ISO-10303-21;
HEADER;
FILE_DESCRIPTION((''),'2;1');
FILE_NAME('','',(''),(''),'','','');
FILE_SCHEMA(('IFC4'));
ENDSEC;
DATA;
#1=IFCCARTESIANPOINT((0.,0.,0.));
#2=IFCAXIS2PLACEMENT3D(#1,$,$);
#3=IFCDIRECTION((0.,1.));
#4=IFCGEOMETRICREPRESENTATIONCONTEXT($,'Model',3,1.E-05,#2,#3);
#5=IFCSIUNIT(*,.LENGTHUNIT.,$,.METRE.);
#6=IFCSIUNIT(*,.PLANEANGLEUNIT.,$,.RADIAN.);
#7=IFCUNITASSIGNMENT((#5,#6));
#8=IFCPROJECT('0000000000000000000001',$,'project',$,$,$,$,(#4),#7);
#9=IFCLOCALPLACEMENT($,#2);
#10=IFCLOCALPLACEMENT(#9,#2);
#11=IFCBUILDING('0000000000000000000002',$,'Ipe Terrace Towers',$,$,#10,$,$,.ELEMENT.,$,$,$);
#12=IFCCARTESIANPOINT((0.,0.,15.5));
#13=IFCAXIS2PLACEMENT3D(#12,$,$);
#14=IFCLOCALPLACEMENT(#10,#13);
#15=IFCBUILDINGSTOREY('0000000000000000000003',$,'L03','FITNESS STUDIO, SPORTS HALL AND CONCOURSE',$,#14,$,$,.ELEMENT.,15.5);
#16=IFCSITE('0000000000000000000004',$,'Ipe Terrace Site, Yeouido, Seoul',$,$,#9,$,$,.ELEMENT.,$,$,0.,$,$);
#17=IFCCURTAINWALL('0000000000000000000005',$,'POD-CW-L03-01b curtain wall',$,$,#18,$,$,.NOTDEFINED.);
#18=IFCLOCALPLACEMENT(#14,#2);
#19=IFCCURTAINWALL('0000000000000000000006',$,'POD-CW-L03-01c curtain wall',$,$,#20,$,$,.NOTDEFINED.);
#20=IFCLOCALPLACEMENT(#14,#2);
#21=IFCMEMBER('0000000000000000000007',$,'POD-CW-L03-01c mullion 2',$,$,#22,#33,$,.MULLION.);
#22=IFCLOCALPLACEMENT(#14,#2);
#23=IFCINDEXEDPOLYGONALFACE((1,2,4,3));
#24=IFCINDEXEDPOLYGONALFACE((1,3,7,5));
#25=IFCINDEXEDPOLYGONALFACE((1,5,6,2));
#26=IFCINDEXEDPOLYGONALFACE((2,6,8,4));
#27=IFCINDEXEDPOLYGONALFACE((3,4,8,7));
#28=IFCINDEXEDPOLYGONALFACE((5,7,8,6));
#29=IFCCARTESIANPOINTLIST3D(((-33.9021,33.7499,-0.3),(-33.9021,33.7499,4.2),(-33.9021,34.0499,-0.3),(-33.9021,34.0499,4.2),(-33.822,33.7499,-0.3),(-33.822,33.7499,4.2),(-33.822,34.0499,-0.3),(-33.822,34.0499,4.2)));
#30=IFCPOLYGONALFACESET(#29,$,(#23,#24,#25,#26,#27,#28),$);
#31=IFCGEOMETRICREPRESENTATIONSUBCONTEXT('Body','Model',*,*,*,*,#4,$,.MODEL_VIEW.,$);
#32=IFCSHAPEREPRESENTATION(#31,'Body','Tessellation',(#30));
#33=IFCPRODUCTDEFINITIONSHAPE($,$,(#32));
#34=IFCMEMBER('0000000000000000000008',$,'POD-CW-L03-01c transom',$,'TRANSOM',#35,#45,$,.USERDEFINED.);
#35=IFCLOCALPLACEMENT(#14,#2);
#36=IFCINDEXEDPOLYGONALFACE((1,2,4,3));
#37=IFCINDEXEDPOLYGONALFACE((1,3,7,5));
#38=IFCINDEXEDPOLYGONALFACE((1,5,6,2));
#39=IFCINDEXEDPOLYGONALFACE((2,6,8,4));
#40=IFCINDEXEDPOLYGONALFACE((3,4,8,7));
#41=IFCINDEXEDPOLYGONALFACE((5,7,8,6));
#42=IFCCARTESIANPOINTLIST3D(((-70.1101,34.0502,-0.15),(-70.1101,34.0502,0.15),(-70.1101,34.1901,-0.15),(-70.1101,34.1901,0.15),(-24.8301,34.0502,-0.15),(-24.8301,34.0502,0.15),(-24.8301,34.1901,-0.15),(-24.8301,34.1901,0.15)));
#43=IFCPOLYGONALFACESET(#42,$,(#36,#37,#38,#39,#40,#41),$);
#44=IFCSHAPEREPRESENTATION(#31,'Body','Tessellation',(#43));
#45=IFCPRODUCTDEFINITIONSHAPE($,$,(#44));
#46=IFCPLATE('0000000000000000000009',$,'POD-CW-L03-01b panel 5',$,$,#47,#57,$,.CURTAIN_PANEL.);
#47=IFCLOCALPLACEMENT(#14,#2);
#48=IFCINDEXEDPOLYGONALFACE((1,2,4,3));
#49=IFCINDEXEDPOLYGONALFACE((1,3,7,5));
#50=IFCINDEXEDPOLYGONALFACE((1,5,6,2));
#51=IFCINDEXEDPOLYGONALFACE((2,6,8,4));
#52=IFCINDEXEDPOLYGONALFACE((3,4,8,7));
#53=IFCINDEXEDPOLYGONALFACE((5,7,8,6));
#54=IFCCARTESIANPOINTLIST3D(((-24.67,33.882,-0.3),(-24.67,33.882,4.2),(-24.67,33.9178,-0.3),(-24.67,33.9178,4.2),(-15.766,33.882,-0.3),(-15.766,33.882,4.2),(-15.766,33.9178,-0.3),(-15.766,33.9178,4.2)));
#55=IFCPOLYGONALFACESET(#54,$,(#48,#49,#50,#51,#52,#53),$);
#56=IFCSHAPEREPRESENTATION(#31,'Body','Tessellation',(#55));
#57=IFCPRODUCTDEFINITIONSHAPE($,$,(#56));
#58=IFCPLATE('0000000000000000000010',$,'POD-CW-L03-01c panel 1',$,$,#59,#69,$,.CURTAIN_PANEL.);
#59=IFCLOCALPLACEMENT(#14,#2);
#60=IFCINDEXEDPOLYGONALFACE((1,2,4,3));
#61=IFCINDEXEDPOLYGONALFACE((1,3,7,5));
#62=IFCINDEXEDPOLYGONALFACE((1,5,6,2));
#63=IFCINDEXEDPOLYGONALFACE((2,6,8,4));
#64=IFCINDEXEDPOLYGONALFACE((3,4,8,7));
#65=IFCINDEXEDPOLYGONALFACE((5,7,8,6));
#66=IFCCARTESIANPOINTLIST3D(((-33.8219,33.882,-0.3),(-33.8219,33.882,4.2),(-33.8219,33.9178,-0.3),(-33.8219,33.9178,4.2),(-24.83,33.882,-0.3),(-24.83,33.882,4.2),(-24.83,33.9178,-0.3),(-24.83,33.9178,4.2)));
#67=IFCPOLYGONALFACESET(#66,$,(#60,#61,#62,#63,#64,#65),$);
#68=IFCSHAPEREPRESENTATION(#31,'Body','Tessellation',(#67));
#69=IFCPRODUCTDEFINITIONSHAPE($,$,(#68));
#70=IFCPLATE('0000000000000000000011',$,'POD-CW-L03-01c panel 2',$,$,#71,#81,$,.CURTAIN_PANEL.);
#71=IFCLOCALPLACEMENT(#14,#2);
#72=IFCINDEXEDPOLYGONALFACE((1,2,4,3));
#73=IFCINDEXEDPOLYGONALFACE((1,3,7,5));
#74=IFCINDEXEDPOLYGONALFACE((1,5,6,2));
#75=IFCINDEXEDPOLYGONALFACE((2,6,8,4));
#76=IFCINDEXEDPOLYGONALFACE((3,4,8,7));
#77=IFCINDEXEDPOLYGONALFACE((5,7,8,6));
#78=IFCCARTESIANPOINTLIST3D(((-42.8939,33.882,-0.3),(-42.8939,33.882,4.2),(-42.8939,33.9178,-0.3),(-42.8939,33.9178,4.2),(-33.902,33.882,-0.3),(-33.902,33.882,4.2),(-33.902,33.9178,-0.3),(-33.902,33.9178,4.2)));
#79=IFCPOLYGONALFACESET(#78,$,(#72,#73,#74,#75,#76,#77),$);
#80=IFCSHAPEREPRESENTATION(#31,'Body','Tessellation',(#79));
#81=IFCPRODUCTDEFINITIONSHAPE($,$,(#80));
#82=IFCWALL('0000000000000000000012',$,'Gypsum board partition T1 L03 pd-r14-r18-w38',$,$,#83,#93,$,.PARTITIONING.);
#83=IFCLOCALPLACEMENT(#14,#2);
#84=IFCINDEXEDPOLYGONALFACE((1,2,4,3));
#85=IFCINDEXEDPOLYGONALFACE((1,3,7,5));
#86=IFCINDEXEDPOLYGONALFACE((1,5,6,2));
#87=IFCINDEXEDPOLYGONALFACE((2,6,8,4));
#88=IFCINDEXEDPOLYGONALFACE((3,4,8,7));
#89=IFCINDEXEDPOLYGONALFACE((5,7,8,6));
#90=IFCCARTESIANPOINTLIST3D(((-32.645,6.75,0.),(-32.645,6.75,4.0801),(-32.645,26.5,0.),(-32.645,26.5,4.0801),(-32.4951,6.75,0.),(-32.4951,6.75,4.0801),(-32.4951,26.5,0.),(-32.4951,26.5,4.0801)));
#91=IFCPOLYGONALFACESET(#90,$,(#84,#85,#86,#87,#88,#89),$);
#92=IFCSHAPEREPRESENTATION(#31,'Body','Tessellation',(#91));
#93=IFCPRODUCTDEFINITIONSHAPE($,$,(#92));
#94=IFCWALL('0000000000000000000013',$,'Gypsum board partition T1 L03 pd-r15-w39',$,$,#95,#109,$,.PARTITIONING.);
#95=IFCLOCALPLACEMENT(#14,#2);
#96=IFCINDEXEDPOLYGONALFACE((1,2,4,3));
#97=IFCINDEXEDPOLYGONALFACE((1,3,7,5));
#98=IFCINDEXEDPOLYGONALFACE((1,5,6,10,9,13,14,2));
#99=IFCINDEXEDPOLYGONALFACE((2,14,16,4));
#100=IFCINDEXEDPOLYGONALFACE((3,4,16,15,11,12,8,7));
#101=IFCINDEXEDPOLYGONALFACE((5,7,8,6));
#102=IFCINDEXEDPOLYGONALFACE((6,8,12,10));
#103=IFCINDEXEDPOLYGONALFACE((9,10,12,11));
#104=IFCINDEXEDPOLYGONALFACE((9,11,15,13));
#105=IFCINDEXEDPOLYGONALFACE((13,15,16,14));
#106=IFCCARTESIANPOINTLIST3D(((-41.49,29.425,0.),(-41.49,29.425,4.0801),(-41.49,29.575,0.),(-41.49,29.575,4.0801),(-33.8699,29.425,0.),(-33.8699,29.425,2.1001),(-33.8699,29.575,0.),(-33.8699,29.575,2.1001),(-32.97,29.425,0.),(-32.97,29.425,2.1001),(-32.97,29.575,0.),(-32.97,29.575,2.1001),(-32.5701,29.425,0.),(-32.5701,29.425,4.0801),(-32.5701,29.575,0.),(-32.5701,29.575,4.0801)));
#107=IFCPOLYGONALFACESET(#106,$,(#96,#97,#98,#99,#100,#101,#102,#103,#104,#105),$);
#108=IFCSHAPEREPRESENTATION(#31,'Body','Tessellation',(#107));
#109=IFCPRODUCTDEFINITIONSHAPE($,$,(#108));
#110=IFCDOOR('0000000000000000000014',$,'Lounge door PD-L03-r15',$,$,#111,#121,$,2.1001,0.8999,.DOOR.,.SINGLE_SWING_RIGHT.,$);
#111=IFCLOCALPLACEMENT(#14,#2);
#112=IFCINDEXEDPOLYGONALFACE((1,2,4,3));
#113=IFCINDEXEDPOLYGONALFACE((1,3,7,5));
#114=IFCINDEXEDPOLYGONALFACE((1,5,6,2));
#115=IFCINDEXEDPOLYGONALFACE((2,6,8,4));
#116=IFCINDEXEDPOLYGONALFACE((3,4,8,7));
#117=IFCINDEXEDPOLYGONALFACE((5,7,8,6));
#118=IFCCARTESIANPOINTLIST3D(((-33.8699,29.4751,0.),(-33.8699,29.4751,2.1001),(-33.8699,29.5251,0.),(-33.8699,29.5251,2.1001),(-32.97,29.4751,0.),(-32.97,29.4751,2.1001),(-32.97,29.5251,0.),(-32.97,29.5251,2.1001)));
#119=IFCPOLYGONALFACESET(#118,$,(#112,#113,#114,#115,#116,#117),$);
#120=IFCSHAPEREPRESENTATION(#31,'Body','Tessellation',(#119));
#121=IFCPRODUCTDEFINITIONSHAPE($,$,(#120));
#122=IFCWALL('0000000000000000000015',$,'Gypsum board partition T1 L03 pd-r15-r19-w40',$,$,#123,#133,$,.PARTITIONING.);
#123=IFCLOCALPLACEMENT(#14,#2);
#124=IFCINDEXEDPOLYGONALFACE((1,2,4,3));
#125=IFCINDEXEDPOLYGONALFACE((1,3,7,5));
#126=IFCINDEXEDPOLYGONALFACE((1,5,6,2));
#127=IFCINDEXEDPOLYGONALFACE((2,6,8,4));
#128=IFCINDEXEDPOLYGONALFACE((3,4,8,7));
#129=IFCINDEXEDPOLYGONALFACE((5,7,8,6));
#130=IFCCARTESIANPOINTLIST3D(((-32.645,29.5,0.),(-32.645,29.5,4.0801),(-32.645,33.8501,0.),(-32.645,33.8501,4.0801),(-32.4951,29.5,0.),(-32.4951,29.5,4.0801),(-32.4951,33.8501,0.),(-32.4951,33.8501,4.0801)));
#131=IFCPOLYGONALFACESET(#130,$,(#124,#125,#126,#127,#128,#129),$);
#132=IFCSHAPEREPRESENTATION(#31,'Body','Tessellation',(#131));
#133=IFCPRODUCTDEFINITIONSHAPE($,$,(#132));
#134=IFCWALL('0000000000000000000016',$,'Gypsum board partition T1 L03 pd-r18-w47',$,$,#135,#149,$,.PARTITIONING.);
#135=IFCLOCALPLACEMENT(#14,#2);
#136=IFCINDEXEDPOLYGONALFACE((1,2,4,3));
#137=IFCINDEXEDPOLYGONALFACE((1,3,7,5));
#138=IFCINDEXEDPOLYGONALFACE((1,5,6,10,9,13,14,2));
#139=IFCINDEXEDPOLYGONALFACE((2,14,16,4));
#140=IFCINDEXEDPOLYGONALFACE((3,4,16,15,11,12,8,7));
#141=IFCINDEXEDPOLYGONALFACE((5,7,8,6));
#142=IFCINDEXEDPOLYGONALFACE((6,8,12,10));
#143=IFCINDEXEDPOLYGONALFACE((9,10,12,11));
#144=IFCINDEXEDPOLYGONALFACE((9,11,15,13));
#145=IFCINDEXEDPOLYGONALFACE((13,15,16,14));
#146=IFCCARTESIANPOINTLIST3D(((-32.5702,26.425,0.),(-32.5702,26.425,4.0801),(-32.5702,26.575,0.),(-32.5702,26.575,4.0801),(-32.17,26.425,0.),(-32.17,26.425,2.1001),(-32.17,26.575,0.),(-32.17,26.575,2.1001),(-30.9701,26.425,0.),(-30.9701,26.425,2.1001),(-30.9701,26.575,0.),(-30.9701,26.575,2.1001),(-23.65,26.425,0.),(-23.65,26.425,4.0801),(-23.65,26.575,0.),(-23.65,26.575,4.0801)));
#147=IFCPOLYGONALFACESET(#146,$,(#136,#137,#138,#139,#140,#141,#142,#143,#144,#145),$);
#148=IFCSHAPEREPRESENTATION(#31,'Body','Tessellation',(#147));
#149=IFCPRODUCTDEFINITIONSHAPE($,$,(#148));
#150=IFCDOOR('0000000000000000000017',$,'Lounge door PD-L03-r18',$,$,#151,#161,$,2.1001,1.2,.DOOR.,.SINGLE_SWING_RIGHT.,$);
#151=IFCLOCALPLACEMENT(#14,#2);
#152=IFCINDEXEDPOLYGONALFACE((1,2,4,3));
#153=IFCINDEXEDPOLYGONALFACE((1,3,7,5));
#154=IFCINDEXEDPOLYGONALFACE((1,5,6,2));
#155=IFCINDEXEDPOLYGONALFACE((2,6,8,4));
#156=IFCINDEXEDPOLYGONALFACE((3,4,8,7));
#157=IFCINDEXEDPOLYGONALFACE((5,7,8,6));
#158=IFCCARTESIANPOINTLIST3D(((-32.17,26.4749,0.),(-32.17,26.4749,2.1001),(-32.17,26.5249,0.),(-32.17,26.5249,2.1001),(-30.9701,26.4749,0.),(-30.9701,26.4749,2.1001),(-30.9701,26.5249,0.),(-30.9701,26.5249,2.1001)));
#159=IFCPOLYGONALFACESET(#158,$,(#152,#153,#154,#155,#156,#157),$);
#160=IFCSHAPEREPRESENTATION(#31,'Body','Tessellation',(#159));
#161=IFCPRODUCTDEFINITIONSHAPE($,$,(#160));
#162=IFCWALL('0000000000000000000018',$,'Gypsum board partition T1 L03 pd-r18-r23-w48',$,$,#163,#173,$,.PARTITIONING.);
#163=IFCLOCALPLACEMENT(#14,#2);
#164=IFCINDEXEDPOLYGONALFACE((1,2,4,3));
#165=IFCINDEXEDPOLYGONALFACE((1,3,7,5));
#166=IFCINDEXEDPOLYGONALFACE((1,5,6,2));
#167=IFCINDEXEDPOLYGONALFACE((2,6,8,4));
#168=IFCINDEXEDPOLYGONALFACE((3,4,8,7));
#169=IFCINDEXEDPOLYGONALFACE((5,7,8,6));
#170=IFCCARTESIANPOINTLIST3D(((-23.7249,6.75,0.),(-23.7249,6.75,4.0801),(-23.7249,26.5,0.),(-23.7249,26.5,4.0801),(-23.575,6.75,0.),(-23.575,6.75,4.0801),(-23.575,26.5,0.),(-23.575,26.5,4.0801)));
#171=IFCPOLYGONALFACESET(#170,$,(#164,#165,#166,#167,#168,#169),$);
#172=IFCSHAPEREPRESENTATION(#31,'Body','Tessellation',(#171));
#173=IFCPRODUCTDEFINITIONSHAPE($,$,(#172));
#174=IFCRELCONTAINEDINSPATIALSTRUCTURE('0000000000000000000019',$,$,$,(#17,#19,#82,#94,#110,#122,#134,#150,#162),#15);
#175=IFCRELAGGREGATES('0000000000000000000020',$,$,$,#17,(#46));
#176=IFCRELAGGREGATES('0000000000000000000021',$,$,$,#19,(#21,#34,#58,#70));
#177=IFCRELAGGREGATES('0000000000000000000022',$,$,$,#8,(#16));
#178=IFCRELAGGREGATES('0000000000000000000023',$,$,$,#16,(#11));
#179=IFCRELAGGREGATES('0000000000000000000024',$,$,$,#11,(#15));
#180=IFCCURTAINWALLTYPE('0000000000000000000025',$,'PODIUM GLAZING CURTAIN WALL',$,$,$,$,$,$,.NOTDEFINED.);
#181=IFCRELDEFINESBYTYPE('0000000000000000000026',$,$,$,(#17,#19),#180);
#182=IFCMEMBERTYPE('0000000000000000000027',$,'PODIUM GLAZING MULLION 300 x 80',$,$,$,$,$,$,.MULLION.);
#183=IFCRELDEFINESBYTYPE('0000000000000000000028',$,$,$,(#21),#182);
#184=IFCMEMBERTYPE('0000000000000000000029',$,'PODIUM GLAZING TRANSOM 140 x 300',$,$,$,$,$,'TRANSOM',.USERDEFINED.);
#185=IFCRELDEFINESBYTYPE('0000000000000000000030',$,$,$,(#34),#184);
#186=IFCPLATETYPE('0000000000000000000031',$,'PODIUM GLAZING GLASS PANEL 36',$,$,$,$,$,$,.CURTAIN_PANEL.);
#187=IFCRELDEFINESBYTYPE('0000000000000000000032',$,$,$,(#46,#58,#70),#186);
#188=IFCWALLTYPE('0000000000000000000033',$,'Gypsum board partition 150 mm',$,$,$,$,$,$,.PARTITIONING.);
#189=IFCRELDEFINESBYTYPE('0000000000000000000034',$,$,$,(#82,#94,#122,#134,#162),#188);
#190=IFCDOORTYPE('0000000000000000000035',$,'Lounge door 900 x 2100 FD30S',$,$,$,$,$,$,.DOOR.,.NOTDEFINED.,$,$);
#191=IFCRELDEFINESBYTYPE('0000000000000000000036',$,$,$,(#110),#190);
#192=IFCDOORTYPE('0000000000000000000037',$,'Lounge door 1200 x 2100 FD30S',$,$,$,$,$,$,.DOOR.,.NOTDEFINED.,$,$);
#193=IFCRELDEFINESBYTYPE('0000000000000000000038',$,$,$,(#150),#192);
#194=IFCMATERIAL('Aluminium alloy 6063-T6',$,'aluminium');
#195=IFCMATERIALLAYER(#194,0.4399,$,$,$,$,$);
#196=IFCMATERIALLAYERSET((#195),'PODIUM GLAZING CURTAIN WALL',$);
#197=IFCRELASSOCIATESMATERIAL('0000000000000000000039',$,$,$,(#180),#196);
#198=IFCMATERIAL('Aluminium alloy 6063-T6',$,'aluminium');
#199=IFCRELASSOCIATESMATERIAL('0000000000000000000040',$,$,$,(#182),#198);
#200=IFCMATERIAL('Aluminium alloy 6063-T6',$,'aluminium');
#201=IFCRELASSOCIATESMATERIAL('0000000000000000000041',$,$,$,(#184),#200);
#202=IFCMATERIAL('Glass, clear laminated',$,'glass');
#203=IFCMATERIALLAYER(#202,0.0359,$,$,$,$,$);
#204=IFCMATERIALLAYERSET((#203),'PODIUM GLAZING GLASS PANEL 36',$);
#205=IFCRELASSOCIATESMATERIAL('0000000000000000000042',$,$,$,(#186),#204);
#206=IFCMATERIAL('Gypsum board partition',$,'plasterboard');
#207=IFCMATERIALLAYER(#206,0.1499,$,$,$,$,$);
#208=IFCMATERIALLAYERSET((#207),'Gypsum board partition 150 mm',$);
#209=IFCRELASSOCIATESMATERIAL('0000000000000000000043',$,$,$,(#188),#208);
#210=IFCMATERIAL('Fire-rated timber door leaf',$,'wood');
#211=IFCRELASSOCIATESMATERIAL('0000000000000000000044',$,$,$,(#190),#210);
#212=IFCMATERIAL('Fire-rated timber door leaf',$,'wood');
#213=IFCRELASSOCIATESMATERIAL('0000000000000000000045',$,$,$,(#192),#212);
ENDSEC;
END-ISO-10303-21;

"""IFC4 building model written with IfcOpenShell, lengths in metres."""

from ifc_helpers import new_model, si_unit, direction, frame, frame_2d, origin, origin_2d, place, context, subcontext, project, spatial, rectangle, extrude, material, layer, layer_set, material_profile, profile_set, type_object, element, fill, aggregate, save


model = new_model("IFC4")

# Units and contexts
model_context = context("Model", 3, precision=1e-05, world=origin(), true_north=direction((0.0, 1.0)))
body_context = subcontext(model_context, "Body", "Model", "MODEL_VIEW")
ifc_project = project(units=[si_unit("LENGTHUNIT", "METRE"), si_unit("PLANEANGLEUNIT", "RADIAN")], contexts=[model_context])

# Site, building, storey
site_placement = place(None, origin())
site = spatial("IfcSite", under=ifc_project, at=site_placement, Name="Ipe Terrace Site, Yeouido, Seoul", CompositionType="ELEMENT", RefElevation=0.0)
building_placement = place(site_placement, origin())
building = spatial("IfcBuilding", under=site, at=building_placement, Name="Ipe Terrace Towers", CompositionType="ELEMENT")
storey_placement = place(building_placement, frame((0.0, 0.0, 15.5)))
storey = spatial("IfcBuildingStorey", under=building, at=storey_placement, Name="L03", Description="FITNESS STUDIO, SPORTS HALL AND CONCOURSE", CompositionType="ELEMENT", Elevation=15.5)

# Curtain walls, members
ifc_material_1 = material(Name="Aluminium alloy 6063-T6", Category="aluminium")
ifc_layer_1 = layer(ifc_material_1, 0.4399)
ifc_layer_set_1 = layer_set([ifc_layer_1], Name="PODIUM GLAZING CURTAIN WALL")
curtain_wall_type = type_object("IfcCurtainWallType", Name="PODIUM GLAZING CURTAIN WALL", PredefinedType="NOTDEFINED", material=ifc_layer_set_1)
curtain_wall_1_placement = place(storey_placement, origin())
curtain_wall_1 = element("IfcCurtainWall", 1, at=curtain_wall_1_placement, inside=storey, type_object=curtain_wall_type, Name="POD-CW-L03-01b curtain wall", PredefinedType="NOTDEFINED")
ifc_material_2 = material(Name="Aluminium alloy 6063-T6", Category="aluminium")
ifc_material_profile_1 = material_profile(ifc_material_2, rectangle(XDim=0.3, YDim=0.0801, at=origin_2d()), Name="PODIUM GLAZING MULLION 300 x 80")
ifc_profile_set_1 = profile_set([ifc_material_profile_1], Name="Aluminium alloy 6063-T6")
member_type_1 = type_object("IfcMemberType", Name="PODIUM GLAZING MULLION 300 x 80", PredefinedType="MULLION", material=ifc_profile_set_1)
curtain_wall_2_placement = place(storey_placement, origin())
curtain_wall_2 = element("IfcCurtainWall", 2, at=curtain_wall_2_placement, inside=storey, type_object=curtain_wall_type, Name="POD-CW-L03-01c curtain wall", PredefinedType="NOTDEFINED")
member_1_placement = place(storey_placement, frame((-33.8621, 33.8999, -0.3), z_axis=(0.0, 0.0, 1.0), x_axis=(0.0, 1.0, 0.0)))
member_1 = element("IfcMember", 3, at=member_1_placement, type_object=member_type_1, Name="POD-CW-L03-01c mullion 2", PredefinedType="MULLION", context=body_context, shape_type="SweptSolid", body=[
    extrude(rectangle(XDim=0.3, YDim=0.0801, at=origin_2d()), origin(), (0.0, 0.0, 1.0), 4.5),
])
ifc_material_3 = material(Name="Aluminium alloy 6063-T6", Category="aluminium")
ifc_material_profile_2 = material_profile(ifc_material_3, rectangle(XDim=0.1399, YDim=0.3, at=origin_2d()), Name="PODIUM GLAZING TRANSOM 140 x 300")
ifc_profile_set_2 = profile_set([ifc_material_profile_2], Name="Aluminium alloy 6063-T6")
member_type_2 = type_object("IfcMemberType", Name="PODIUM GLAZING TRANSOM 140 x 300", ElementType="TRANSOM", PredefinedType="USERDEFINED", material=ifc_profile_set_2)
member_2_placement = place(storey_placement, frame((-24.8301, 34.1201, 0.0), z_axis=(-1.0, 0.0, 0.0), x_axis=(0.0, 1.0, 0.0)))
member_2 = element("IfcMember", 4, at=member_2_placement, type_object=member_type_2, Name="POD-CW-L03-01c transom", ObjectType="TRANSOM", PredefinedType="USERDEFINED", context=body_context, shape_type="SweptSolid", body=[
    extrude(rectangle(XDim=0.1399, YDim=0.3, at=origin_2d()), origin(), (0.0, 0.0, 1.0), 45.28),
])

# Plates
ifc_material_4 = material(Name="Glass, clear laminated", Category="glass")
ifc_layer_2 = layer(ifc_material_4, 0.0359)
ifc_layer_set_2 = layer_set([ifc_layer_2], Name="PODIUM GLAZING GLASS PANEL 36")
plate_type = type_object("IfcPlateType", Name="PODIUM GLAZING GLASS PANEL 36", PredefinedType="CURTAIN_PANEL", material=ifc_layer_set_2)
plate_1_placement = place(storey_placement, frame((-20.218, 33.8999, -0.3), z_axis=(0.0, 0.0, 1.0), x_axis=(-1.0, 0.0, 0.0)))
plate_1 = element("IfcPlate", 5, at=plate_1_placement, type_object=plate_type, Name="POD-CW-L03-01b panel 5", PredefinedType="CURTAIN_PANEL", context=body_context, shape_type="SweptSolid", body=[
    extrude(rectangle(XDim=8.9041, YDim=0.0359, at=origin_2d()), origin(), (0.0, 0.0, 1.0), 4.5),
])
aggregate(curtain_wall_1, [plate_1])
plate_2_placement = place(storey_placement, frame((-29.3259, 33.8999, -0.3), z_axis=(0.0, 0.0, 1.0), x_axis=(-1.0, 0.0, 0.0)))
plate_2 = element("IfcPlate", 6, at=plate_2_placement, type_object=plate_type, Name="POD-CW-L03-01c panel 1", PredefinedType="CURTAIN_PANEL", context=body_context, shape_type="SweptSolid", body=[
    extrude(rectangle(XDim=8.9919, YDim=0.0359, at=origin_2d()), origin(), (0.0, 0.0, 1.0), 4.5),
])
plate_3_placement = place(storey_placement, frame((-38.3979, 33.8999, -0.3), z_axis=(0.0, 0.0, 1.0), x_axis=(-1.0, 0.0, 0.0)))
plate_3 = element("IfcPlate", 7, at=plate_3_placement, type_object=plate_type, Name="POD-CW-L03-01c panel 2", PredefinedType="CURTAIN_PANEL", context=body_context, shape_type="SweptSolid", body=[
    extrude(rectangle(XDim=8.9919, YDim=0.0359, at=origin_2d()), origin(), (0.0, 0.0, 1.0), 4.5),
])
aggregate(curtain_wall_2, [member_1, member_2, plate_2, plate_3])

# Wall
ifc_material_5 = material(Name="Gypsum board partition", Category="plasterboard")
ifc_layer_3 = layer(ifc_material_5, 0.1499)
ifc_layer_set_3 = layer_set([ifc_layer_3], Name="Gypsum board partition 150 mm")
wall_type = type_object("IfcWallType", Name="Gypsum board partition 150 mm", PredefinedType="PARTITIONING", material=ifc_layer_set_3)
wall_1_placement = place(storey_placement, frame((-32.5701, 26.5, 0.0), z_axis=(0.0, 0.0, 1.0), x_axis=(0.0, -1.0, 0.0)))
element("IfcWall", 8, at=wall_1_placement, inside=storey, type_object=wall_type, Name="Gypsum board partition T1 L03 pd-r14-r18-w38", PredefinedType="PARTITIONING", context=body_context, shape_type="SweptSolid", body=[
    extrude(rectangle(XDim=19.75, YDim=0.1499, at=frame_2d((9.875, 0.0))), origin(), (0.0, 0.0, 1.0), 4.0801),
])

# Wall, opening, door
wall_2_placement = place(storey_placement, frame((-32.5701, 29.5, 0.0), z_axis=(0.0, 0.0, 1.0), x_axis=(-1.0, 0.0, 0.0)))
wall_2 = element("IfcWall", 9, at=wall_2_placement, inside=storey, type_object=wall_type, Name="Gypsum board partition T1 L03 pd-r15-w39", PredefinedType="PARTITIONING", context=body_context, shape_type="SweptSolid", body=[
    extrude(rectangle(XDim=8.9199, YDim=0.1499, at=frame_2d((4.46, 0.0))), origin(), (0.0, 0.0, 1.0), 4.0801),
])
opening_1_placement = place(wall_2_placement, frame((0.3999, 0.0, 0.0)))
opening_1 = element("IfcOpeningElement", 10, at=opening_1_placement, cuts=wall_2, PredefinedType="OPENING", context=body_context, shape_type="SweptSolid", body=[
    extrude(rectangle(XDim=0.8999, YDim=2.1001, at=frame_2d((0.45, 1.05))), frame((0.0, 0.085, 0.0), z_axis=(0.0, -1.0, 0.0), x_axis=(1.0, 0.0, 0.0)), (0.0, 0.0, 1.0), 0.1699),
])
ifc_material_6 = material(Name="Fire-rated timber door leaf", Category="wood")
door_type_1 = type_object("IfcDoorType", Name="Lounge door 900 x 2100 FD30S", OperationType="NOTDEFINED", PredefinedType="DOOR", material=ifc_material_6)
door_1_placement = place(opening_1_placement, origin())
door_1 = element("IfcDoor", 11, at=door_1_placement, inside=storey, type_object=door_type_1, Name="Lounge door PD-L03-r15", OperationType="SINGLE_SWING_RIGHT", OverallHeight=2.1001, OverallWidth=0.8999, PredefinedType="DOOR", context=body_context, shape_type="SweptSolid", body=[
    extrude(rectangle(XDim=0.8999, YDim=2.1001, at=frame_2d((0.45, 1.05))), frame((0.0, 0.0249, 0.0), z_axis=(0.0, -1.0, 0.0), x_axis=(1.0, 0.0, 0.0)), (0.0, 0.0, 1.0), 0.05),
])
fill(opening_1, door_1)

# Wall
wall_3_placement = place(storey_placement, frame((-32.5701, 33.8501, 0.0), z_axis=(0.0, 0.0, 1.0), x_axis=(0.0, -1.0, 0.0)))
element("IfcWall", 12, at=wall_3_placement, inside=storey, type_object=wall_type, Name="Gypsum board partition T1 L03 pd-r15-r19-w40", PredefinedType="PARTITIONING", context=body_context, shape_type="SweptSolid", body=[
    extrude(rectangle(XDim=4.3501, YDim=0.1499, at=frame_2d((2.175, 0.0))), origin(), (0.0, 0.0, 1.0), 4.0801),
])

# Wall, opening, door
wall_4_placement = place(storey_placement, frame((-32.5701, 26.5, 0.0), z_axis=(0.0, 0.0, 1.0), x_axis=(1.0, 0.0, 0.0)))
wall_4 = element("IfcWall", 13, at=wall_4_placement, inside=storey, type_object=wall_type, Name="Gypsum board partition T1 L03 pd-r18-w47", PredefinedType="PARTITIONING", context=body_context, shape_type="SweptSolid", body=[
    extrude(rectangle(XDim=8.9202, YDim=0.1499, at=frame_2d((4.46, 0.0))), origin(), (0.0, 0.0, 1.0), 4.0801),
])
opening_2_placement = place(wall_4_placement, frame((0.3999, 0.0, 0.0)))
opening_2 = element("IfcOpeningElement", 14, at=opening_2_placement, cuts=wall_4, PredefinedType="OPENING", context=body_context, shape_type="SweptSolid", body=[
    extrude(rectangle(XDim=1.2, YDim=2.1001, at=frame_2d((0.6001, 1.05))), frame((0.0, 0.085, 0.0), z_axis=(0.0, -1.0, 0.0), x_axis=(1.0, 0.0, 0.0)), (0.0, 0.0, 1.0), 0.1699),
])
ifc_material_7 = material(Name="Fire-rated timber door leaf", Category="wood")
door_type_2 = type_object("IfcDoorType", Name="Lounge door 1200 x 2100 FD30S", OperationType="NOTDEFINED", PredefinedType="DOOR", material=ifc_material_7)
door_2_placement = place(opening_2_placement, origin())
door_2 = element("IfcDoor", 15, at=door_2_placement, inside=storey, type_object=door_type_2, Name="Lounge door PD-L03-r18", OperationType="SINGLE_SWING_RIGHT", OverallHeight=2.1001, OverallWidth=1.2, PredefinedType="DOOR", context=body_context, shape_type="SweptSolid", body=[
    extrude(rectangle(XDim=1.2, YDim=2.1001, at=frame_2d((0.6001, 1.05))), frame((0.0, 0.0249, 0.0), z_axis=(0.0, -1.0, 0.0), x_axis=(1.0, 0.0, 0.0)), (0.0, 0.0, 1.0), 0.05),
])
fill(opening_2, door_2)

# Wall
wall_5_placement = place(storey_placement, frame((-23.6499, 26.5, 0.0), z_axis=(0.0, 0.0, 1.0), x_axis=(0.0, -1.0, 0.0)))
element("IfcWall", 16, at=wall_5_placement, inside=storey, type_object=wall_type, Name="Gypsum board partition T1 L03 pd-r18-r23-w48", PredefinedType="PARTITIONING", context=body_context, shape_type="SweptSolid", body=[
    extrude(rectangle(XDim=19.75, YDim=0.1499, at=frame_2d((9.875, 0.0))), origin(), (0.0, 0.0, 1.0), 4.0801),
])

save(model, "model.ifc")
